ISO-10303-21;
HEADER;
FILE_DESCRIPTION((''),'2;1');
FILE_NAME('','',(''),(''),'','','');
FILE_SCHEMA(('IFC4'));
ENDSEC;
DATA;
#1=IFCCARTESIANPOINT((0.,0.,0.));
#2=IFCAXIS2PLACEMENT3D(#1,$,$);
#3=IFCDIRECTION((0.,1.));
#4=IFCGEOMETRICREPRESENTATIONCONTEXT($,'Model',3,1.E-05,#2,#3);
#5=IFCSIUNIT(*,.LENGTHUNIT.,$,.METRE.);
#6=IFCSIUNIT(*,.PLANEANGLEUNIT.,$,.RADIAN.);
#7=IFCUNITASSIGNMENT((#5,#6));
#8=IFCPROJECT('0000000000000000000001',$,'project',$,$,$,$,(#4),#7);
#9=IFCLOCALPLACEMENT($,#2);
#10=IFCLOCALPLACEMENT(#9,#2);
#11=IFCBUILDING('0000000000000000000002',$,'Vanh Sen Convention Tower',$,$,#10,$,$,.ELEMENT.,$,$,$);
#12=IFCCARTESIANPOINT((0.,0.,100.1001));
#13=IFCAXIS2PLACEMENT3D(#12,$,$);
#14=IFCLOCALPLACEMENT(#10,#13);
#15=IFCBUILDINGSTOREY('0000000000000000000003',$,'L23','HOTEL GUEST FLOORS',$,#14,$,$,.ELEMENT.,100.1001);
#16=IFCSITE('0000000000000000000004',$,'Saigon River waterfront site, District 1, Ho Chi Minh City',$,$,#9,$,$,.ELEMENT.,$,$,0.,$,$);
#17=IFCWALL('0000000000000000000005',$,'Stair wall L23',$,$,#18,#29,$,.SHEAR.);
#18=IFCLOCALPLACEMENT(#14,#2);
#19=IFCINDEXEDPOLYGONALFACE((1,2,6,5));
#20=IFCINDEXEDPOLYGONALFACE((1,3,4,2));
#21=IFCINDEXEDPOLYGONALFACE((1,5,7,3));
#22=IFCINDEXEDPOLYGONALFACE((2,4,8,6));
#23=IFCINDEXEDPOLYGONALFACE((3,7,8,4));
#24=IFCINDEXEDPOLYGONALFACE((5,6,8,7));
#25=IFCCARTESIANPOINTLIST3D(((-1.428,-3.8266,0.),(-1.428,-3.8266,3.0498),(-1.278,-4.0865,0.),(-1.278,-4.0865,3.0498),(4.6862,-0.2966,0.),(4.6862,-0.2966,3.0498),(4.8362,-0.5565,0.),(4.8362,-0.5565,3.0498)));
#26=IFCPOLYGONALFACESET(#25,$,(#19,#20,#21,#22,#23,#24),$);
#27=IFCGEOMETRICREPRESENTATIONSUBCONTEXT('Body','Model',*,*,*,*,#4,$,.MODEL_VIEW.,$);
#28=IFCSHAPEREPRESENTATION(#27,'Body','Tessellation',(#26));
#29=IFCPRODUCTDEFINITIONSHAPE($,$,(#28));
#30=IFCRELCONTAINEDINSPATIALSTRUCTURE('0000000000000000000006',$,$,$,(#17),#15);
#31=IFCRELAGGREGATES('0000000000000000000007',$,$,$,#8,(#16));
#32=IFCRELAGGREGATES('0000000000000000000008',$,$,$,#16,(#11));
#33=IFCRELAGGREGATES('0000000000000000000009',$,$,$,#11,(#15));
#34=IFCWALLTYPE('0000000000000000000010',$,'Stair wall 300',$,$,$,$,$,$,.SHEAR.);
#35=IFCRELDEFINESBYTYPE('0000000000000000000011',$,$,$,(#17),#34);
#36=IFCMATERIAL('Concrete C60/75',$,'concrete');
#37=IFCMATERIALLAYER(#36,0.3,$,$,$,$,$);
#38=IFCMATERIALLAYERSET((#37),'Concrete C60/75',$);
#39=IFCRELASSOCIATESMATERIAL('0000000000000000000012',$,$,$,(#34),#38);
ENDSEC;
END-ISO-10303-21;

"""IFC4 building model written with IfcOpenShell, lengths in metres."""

from ifc_helpers import new_model, si_unit, direction, frame, frame_2d, origin, place, context, subcontext, project, spatial, rectangle, extrude, material, layer, layer_set, type_object, element, save


model = new_model("IFC4")

# Units and contexts
model_context = context("Model", 3, precision=1e-05, world=origin(), true_north=direction((0.0, 1.0)))
body_context = subcontext(model_context, "Body", "Model", "MODEL_VIEW")
ifc_project = project(units=[si_unit("LENGTHUNIT", "METRE"), si_unit("PLANEANGLEUNIT", "RADIAN")], contexts=[model_context])

# Site, building, storey
site_placement = place(None, origin())
site = spatial("IfcSite", under=ifc_project, at=site_placement, Name="Saigon River waterfront site, District 1, Ho Chi Minh City", CompositionType="ELEMENT", RefElevation=0.0)
building_placement = place(site_placement, origin())
building = spatial("IfcBuilding", under=site, at=building_placement, Name="Vanh Sen Convention Tower", CompositionType="ELEMENT")
storey_placement = place(building_placement, frame((0.0, 0.0, 100.1001)))
storey = spatial("IfcBuildingStorey", under=building, at=storey_placement, Name="L23", Description="HOTEL GUEST FLOORS", CompositionType="ELEMENT", Elevation=100.1001)

# Shared definitions
ifc_material_1 = material(Name="Concrete C60/75", Category="concrete")
ifc_layer_1 = layer(ifc_material_1, 0.3)
ifc_layer_set_1 = layer_set([ifc_layer_1], Name="Concrete C60/75")
wall_type_1 = type_object("IfcWallType", Name="Stair wall 300", PredefinedType="SHEAR", material=ifc_layer_set_1)

# Wall
wall_1_placement = place(storey_placement, frame((-1.353, -3.9565, 0.0), z_axis=(0.0, 0.0, 1.0), x_axis=(0.866028, 0.499996, 0.0)))
element("IfcWall", 1, at=wall_1_placement, inside=storey, type_object=wall_type_1, Name="Stair wall L23", PredefinedType="SHEAR", context=body_context, shape_type="SweptSolid", body=[
    extrude(rectangle(XDim=7.0601, YDim=0.3, at=frame_2d((3.53, 0.0))), origin(), (0.0, 0.0, 1.0), 3.0498),
])

save(model, "model.ifc")
